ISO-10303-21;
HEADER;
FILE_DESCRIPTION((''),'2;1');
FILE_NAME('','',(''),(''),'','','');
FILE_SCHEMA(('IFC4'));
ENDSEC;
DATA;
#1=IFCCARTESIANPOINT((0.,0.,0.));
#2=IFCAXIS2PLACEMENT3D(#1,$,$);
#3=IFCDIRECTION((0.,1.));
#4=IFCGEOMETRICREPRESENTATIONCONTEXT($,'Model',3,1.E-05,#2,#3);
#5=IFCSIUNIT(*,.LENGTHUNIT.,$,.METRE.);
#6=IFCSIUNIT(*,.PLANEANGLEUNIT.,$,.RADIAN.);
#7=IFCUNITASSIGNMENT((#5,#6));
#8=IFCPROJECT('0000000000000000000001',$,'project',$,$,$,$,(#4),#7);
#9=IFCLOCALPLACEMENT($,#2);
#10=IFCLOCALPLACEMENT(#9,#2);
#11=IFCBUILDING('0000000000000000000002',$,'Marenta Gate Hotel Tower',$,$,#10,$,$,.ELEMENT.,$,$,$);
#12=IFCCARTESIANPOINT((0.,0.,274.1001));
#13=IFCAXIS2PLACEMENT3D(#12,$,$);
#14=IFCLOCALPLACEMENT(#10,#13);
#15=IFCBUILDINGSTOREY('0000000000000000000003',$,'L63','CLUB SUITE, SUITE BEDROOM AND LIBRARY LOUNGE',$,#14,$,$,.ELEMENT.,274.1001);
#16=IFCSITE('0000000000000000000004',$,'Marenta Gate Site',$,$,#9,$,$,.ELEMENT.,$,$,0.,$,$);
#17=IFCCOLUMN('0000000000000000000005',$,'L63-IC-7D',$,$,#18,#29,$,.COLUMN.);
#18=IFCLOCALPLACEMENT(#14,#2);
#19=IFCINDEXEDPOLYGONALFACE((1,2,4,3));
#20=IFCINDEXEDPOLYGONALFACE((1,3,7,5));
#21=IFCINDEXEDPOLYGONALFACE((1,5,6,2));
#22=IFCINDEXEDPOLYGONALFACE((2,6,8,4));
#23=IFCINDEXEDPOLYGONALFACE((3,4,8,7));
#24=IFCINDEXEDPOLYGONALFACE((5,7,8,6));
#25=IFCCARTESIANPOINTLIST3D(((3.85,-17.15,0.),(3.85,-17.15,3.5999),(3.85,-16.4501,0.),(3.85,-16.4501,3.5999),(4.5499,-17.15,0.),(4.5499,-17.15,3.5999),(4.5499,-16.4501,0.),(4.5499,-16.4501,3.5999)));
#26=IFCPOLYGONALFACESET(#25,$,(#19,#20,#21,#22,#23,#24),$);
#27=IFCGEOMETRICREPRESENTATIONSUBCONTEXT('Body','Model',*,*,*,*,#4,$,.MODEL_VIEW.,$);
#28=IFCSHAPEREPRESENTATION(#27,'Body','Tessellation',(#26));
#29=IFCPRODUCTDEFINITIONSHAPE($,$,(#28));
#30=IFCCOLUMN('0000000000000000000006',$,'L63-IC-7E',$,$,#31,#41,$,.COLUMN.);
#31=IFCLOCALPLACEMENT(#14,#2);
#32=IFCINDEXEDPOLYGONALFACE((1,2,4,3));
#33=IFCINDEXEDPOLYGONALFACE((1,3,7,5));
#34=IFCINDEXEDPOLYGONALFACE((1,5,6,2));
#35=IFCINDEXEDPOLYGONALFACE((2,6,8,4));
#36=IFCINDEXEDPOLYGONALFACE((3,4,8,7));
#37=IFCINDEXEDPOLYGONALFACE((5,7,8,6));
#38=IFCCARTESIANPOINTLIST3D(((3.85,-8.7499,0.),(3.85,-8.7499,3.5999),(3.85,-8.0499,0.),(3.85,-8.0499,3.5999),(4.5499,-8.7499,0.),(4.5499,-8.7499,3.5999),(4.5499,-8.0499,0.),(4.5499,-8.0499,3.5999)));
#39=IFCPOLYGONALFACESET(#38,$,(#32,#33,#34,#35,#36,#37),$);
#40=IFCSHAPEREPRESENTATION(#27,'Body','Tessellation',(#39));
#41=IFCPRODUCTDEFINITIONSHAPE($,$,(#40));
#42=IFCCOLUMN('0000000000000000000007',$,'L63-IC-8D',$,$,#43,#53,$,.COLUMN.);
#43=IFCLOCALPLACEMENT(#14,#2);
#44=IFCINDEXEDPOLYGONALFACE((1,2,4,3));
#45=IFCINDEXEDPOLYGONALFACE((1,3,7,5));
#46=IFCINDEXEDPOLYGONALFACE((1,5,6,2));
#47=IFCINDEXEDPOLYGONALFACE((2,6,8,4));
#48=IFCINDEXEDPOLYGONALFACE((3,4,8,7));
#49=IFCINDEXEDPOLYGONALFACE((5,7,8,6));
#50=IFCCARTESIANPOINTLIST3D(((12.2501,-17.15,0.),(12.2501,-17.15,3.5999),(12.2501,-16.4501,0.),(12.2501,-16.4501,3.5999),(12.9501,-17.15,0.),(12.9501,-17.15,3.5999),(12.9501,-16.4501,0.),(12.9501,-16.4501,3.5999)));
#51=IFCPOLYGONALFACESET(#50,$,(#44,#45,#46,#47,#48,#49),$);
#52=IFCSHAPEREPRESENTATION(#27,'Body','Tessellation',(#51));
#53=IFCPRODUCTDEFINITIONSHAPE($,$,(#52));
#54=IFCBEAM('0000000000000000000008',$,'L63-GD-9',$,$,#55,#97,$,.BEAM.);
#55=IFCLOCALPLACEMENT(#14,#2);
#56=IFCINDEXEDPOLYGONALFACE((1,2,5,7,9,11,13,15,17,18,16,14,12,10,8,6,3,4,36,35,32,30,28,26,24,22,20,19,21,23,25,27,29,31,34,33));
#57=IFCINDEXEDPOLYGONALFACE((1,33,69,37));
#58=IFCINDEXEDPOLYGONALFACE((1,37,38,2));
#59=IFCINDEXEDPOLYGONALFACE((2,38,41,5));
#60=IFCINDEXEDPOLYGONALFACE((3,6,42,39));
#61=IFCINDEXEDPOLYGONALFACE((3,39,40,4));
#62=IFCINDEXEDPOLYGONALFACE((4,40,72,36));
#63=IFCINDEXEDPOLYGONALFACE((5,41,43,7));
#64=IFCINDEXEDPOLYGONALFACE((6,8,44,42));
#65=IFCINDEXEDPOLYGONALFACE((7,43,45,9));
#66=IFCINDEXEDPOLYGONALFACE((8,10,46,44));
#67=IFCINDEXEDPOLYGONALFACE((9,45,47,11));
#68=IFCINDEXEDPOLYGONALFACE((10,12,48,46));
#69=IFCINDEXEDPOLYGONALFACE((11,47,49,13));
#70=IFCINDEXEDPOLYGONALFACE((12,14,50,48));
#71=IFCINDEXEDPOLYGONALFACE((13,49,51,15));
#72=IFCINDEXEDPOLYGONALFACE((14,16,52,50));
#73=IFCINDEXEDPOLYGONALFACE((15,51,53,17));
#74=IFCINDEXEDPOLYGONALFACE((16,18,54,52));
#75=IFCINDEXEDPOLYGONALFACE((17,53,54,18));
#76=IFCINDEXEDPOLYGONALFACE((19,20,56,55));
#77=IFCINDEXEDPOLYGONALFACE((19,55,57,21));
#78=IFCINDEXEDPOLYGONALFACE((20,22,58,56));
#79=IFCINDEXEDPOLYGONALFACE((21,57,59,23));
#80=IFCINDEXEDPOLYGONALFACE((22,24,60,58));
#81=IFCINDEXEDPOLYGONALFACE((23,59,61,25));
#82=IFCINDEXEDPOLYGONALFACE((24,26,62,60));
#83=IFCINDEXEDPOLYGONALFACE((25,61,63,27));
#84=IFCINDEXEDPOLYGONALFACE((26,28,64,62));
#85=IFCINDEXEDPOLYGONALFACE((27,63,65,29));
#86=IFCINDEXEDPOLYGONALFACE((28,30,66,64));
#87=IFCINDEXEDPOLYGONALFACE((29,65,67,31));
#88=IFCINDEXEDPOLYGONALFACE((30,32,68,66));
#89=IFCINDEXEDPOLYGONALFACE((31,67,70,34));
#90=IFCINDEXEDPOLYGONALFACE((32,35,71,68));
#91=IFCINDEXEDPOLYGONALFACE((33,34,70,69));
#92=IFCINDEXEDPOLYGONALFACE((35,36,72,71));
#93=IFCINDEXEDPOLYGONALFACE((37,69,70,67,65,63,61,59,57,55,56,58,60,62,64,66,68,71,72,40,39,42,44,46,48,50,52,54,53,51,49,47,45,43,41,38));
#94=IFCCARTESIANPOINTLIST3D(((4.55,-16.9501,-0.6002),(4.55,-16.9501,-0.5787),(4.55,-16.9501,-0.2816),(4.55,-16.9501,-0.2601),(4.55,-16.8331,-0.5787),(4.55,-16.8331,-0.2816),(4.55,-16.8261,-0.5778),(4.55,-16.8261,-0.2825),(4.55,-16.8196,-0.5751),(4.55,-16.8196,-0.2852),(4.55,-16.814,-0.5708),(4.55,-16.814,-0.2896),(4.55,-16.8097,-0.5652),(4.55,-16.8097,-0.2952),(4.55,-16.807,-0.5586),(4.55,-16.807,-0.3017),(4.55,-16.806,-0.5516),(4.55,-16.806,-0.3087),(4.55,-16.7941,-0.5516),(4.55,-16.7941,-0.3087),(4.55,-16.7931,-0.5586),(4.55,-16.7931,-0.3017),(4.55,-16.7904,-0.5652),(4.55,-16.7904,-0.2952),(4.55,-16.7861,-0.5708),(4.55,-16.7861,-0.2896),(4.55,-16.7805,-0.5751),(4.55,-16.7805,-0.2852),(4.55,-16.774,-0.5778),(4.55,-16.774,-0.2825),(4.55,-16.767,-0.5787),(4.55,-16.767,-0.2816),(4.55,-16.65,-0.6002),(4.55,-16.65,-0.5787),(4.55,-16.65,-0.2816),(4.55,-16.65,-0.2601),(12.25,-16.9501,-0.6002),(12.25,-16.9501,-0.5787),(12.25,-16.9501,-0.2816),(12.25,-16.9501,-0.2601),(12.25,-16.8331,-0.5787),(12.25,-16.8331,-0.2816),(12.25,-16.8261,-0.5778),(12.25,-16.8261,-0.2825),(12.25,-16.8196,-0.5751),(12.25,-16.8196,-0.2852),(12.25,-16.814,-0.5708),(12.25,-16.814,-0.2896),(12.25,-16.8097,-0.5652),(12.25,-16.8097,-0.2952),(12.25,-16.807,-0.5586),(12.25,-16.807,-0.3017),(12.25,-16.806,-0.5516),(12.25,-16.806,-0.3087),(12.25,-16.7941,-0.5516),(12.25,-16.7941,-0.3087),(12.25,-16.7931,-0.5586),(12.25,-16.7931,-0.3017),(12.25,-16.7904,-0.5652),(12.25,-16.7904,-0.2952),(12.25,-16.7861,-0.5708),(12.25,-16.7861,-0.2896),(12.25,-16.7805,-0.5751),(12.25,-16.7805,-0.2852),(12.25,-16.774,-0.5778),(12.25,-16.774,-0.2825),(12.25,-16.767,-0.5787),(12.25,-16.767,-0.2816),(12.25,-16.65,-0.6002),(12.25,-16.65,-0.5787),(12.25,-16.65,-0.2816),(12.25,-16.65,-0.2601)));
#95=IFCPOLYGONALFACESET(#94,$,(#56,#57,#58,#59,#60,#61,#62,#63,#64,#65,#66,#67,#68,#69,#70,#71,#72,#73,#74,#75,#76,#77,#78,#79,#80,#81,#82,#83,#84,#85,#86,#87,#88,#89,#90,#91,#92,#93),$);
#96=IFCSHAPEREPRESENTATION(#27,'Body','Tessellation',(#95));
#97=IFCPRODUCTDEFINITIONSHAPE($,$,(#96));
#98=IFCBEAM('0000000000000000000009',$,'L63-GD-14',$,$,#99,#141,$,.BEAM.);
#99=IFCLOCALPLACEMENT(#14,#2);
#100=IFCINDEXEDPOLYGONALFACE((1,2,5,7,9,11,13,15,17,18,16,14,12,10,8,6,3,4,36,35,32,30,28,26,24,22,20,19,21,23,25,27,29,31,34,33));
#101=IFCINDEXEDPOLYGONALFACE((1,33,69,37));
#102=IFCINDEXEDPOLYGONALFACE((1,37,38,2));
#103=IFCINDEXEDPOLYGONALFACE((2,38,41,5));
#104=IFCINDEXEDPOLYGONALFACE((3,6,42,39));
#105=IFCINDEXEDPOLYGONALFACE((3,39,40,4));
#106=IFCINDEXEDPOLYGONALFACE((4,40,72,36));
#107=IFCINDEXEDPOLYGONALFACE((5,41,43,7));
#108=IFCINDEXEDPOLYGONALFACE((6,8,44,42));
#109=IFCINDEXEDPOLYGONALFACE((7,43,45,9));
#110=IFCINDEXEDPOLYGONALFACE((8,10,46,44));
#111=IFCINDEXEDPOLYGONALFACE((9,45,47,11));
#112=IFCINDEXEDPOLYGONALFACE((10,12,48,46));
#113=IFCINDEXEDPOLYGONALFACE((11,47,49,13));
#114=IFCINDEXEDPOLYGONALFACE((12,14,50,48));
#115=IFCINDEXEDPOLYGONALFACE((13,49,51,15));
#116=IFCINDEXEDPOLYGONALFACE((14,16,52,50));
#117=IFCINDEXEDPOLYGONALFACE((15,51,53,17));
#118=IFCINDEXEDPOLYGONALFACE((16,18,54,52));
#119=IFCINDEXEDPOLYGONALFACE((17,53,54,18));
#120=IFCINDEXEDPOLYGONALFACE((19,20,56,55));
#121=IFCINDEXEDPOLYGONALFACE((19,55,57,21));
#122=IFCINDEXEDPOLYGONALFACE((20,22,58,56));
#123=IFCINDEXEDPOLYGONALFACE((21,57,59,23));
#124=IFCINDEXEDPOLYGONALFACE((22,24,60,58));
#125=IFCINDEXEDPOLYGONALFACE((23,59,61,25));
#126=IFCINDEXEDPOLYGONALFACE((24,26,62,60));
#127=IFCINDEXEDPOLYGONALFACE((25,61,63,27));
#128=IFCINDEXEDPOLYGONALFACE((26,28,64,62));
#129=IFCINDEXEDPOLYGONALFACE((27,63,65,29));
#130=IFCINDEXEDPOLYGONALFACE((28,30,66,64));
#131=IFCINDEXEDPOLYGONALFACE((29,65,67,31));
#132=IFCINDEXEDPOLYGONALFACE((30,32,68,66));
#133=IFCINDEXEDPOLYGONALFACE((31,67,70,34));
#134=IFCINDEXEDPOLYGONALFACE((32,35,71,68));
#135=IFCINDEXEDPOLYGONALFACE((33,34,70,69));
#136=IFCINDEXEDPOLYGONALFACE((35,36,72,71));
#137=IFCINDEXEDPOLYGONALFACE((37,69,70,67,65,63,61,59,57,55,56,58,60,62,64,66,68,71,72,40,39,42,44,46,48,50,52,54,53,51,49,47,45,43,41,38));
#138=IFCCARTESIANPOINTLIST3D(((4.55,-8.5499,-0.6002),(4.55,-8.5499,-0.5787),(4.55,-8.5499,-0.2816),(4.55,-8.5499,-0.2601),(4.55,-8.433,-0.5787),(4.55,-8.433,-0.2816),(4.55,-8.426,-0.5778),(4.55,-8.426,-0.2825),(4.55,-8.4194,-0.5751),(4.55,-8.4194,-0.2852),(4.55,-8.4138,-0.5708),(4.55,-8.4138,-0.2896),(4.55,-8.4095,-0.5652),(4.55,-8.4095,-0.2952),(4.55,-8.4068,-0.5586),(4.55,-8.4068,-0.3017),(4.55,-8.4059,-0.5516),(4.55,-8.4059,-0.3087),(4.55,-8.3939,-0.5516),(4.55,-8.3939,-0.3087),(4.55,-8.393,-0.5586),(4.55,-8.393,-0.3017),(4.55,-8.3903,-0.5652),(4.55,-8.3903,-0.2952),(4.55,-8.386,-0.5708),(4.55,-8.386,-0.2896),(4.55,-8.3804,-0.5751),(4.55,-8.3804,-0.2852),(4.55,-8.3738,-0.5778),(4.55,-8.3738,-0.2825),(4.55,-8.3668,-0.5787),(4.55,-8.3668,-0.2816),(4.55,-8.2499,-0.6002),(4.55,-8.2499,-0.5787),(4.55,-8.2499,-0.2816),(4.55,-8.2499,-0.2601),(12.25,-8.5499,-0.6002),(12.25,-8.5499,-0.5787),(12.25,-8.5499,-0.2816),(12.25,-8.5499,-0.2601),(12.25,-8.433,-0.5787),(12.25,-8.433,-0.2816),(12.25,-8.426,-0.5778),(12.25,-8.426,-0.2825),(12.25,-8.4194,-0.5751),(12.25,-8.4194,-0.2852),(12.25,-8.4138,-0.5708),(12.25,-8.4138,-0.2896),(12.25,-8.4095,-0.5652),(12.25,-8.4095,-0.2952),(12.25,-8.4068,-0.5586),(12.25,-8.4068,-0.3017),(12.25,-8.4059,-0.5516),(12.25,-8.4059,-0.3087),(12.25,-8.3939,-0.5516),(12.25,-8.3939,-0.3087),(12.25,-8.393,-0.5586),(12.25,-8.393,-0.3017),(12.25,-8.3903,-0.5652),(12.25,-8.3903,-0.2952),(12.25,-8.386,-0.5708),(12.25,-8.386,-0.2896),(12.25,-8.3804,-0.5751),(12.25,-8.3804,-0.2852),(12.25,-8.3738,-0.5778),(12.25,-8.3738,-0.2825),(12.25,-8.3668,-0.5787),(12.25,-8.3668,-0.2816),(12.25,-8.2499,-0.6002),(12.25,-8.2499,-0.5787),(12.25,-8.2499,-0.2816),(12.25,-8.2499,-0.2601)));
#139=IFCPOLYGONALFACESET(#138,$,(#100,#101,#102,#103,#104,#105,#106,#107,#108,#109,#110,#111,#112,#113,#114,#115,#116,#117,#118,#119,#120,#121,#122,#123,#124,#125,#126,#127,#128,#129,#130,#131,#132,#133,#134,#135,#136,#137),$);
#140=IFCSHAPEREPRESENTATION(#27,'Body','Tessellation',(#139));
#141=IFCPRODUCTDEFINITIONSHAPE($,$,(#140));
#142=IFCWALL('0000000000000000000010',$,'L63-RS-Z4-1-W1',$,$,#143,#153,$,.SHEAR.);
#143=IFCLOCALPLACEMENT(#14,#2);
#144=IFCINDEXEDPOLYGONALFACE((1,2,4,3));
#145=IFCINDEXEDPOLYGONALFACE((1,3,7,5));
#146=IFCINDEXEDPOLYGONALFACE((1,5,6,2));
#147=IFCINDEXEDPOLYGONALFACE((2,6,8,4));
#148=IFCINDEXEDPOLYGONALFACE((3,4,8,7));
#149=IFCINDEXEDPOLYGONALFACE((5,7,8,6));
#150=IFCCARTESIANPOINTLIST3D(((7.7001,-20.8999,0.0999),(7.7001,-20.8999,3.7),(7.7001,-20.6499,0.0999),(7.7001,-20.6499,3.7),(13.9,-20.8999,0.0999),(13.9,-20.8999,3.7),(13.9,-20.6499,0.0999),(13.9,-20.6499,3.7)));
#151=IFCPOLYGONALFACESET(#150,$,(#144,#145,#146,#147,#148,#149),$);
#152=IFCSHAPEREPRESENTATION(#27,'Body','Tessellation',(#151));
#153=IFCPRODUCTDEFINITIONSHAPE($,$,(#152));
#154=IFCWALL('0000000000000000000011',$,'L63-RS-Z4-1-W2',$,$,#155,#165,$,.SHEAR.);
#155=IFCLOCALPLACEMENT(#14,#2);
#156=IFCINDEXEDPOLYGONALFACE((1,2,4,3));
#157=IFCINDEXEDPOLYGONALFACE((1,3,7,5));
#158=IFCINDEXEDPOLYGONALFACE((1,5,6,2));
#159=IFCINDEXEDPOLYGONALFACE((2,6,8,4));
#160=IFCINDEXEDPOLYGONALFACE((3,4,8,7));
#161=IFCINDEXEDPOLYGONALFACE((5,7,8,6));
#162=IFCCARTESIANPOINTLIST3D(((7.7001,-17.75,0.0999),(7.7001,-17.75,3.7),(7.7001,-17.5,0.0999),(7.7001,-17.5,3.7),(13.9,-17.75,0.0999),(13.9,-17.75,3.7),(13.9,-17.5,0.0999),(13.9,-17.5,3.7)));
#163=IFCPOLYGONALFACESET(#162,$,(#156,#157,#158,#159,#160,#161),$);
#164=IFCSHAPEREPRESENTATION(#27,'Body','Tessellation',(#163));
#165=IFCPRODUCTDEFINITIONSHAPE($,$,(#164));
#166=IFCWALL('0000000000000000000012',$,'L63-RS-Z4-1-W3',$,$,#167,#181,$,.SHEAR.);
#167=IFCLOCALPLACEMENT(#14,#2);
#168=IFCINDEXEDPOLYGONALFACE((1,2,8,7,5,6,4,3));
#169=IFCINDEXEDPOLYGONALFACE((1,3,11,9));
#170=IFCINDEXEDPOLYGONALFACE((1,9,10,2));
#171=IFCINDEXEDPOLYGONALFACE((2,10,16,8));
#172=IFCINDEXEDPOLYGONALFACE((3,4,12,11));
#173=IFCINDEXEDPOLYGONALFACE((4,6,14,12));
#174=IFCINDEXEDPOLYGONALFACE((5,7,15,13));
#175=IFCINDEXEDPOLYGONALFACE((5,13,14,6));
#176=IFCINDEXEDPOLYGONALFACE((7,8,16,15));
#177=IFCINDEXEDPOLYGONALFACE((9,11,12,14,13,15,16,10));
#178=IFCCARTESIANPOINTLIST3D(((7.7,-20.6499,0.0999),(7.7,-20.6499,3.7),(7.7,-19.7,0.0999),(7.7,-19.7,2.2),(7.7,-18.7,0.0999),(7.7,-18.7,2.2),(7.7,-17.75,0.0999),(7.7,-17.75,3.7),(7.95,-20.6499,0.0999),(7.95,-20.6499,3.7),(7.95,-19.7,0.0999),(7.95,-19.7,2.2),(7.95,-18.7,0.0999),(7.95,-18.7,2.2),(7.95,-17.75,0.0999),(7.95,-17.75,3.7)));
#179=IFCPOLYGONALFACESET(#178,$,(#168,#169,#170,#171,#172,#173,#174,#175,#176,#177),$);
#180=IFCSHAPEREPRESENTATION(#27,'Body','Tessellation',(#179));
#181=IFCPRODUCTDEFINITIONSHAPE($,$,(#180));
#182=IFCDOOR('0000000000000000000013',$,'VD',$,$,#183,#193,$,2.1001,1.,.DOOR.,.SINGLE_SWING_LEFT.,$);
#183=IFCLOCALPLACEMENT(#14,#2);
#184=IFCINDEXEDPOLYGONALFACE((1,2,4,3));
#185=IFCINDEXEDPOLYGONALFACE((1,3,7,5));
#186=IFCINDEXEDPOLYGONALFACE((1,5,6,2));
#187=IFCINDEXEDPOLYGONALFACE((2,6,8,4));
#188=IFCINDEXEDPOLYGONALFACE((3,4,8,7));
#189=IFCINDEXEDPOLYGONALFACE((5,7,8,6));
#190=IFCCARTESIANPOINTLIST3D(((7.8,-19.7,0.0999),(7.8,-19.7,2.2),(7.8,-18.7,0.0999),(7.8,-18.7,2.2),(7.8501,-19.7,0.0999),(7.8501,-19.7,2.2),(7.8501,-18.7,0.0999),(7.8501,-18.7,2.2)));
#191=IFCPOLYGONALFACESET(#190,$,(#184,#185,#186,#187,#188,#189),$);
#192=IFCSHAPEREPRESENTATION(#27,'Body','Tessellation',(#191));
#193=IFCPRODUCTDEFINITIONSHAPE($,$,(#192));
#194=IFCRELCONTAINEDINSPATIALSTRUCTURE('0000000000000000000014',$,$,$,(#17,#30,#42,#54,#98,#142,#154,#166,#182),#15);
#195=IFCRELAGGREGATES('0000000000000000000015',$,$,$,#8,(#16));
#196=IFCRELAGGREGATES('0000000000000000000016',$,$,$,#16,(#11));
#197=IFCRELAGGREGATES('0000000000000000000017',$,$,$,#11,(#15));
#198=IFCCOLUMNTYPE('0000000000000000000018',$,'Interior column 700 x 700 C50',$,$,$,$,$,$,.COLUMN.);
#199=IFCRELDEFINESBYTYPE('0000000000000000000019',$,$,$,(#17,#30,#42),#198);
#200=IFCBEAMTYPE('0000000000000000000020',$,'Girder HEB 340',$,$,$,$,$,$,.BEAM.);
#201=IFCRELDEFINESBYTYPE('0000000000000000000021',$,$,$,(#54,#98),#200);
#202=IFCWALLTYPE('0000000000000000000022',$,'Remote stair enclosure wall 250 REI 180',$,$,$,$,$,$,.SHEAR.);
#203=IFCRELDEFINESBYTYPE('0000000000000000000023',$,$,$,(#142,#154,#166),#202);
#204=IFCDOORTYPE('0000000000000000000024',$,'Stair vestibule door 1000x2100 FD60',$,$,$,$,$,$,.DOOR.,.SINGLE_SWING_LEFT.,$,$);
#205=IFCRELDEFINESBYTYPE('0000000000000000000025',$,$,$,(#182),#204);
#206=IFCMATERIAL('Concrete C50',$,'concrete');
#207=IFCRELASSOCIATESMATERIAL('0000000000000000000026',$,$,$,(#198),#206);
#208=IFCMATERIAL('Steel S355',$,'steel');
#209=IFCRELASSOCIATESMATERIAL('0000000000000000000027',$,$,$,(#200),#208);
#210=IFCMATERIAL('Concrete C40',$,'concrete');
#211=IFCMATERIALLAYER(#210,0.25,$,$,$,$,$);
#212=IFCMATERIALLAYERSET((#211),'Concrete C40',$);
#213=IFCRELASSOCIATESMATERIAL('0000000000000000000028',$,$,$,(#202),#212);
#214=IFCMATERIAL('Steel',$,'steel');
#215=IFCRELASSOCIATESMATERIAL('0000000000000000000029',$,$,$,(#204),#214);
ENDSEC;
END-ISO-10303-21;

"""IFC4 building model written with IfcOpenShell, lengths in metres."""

from ifc_helpers import new_model, si_unit, direction, frame, frame_2d, origin, origin_2d, place, context, subcontext, project, spatial, rectangle, i_section, extrude, material, layer, layer_set, material_profile, profile_set, type_object, element, fill, save


model = new_model("IFC4")

# Units and contexts
model_context = context("Model", 3, precision=1e-05, world=origin(), true_north=direction((0.0, 1.0)))
body_context = subcontext(model_context, "Body", "Model", "MODEL_VIEW")
ifc_project = project(units=[si_unit("LENGTHUNIT", "METRE"), si_unit("PLANEANGLEUNIT", "RADIAN")], contexts=[model_context])

# Site, building, storey
site_placement = place(None, origin())
site = spatial("IfcSite", under=ifc_project, at=site_placement, Name="Marenta Gate Site", CompositionType="ELEMENT", RefElevation=0.0)
building_placement = place(site_placement, origin())
building = spatial("IfcBuilding", under=site, at=building_placement, Name="Marenta Gate Hotel Tower", CompositionType="ELEMENT")
storey_placement = place(building_placement, frame((0.0, 0.0, 274.1001)))
storey = spatial("IfcBuildingStorey", under=building, at=storey_placement, Name="L63", Description="CLUB SUITE, SUITE BEDROOM AND LIBRARY LOUNGE", CompositionType="ELEMENT", Elevation=274.1001)

# Columns
ifc_material_1 = material(Name="Concrete C50", Category="concrete")
ifc_material_profile_1 = material_profile(ifc_material_1, rectangle(XDim=0.7, YDim=0.7, at=origin_2d()), Name="700 x 700")
ifc_profile_set_1 = profile_set([ifc_material_profile_1], Name="Concrete C50")
column_type = type_object("IfcColumnType", Name="Interior column 700 x 700 C50", PredefinedType="COLUMN", material=ifc_profile_set_1)
for number, where, z_axis, x_axis, name in (
    (1, (4.2, -16.8, 0.0), (0.0, 0.0, 1.0), (1.0, 0.0, 0.0), "L63-IC-7D"),
    (2, (4.2, -8.3999, 0.0), (0.0, 0.0, 1.0), (1.0, 0.0, 0.0), "L63-IC-7E"),
    (3, (12.6001, -16.8, 0.0), (0.0, 0.0, 1.0), (1.0, 0.0, 0.0), "L63-IC-8D"),
):
    element("IfcColumn", number, at=place(storey_placement, frame(where, z_axis=z_axis, x_axis=x_axis)), inside=storey, type_object=column_type, Name=name, PredefinedType="COLUMN", context=body_context, shape_type="SweptSolid", body=[
        extrude(rectangle(XDim=0.7, YDim=0.7, at=origin_2d()), origin(), (0.0, 0.0, 1.0), 3.5999),
    ])

# Beams
ifc_material_2 = material(Name="Steel S355", Category="steel")
ifc_material_profile_2 = material_profile(ifc_material_2, i_section(OverallWidth=0.3, OverallDepth=0.3401, WebThickness=0.012, FlangeThickness=0.0215, FilletRadius=0.0271, at=origin_2d()), Name="HEB 340")
ifc_profile_set_2 = profile_set([ifc_material_profile_2], Name="Steel S355")
beam_type = type_object("IfcBeamType", Name="Girder HEB 340", PredefinedType="BEAM", material=ifc_profile_set_2)
for number, where, z_axis, x_axis, name in (
    (4, (4.55, -16.8, -0.4302), (1.0, 0.0, 0.0), (0.0, 1.0, 0.0), "L63-GD-9"),
    (5, (4.55, -8.3999, -0.4302), (1.0, 0.0, 0.0), (0.0, 1.0, 0.0), "L63-GD-14"),
):
    element("IfcBeam", number, at=place(storey_placement, frame(where, z_axis=z_axis, x_axis=x_axis)), inside=storey, type_object=beam_type, Name=name, PredefinedType="BEAM", context=body_context, shape_type="SweptSolid", body=[
        extrude(i_section(OverallWidth=0.3, OverallDepth=0.3401, WebThickness=0.012, FlangeThickness=0.0215, FilletRadius=0.0271, at=origin_2d()), origin(), (0.0, 0.0, 1.0), 7.7),
    ])

# Walls
ifc_material_3 = material(Name="Concrete C40", Category="concrete")
ifc_layer_1 = layer(ifc_material_3, 0.25)
ifc_layer_set_1 = layer_set([ifc_layer_1], Name="Concrete C40")
wall_type_1 = type_object("IfcWallType", Name="Remote stair enclosure wall 250 REI 180", PredefinedType="SHEAR", material=ifc_layer_set_1)
for number, where, z_axis, x_axis, name in (
    (6, (7.7, -20.7749, 0.0999), (0.0, 0.0, 1.0), (1.0, 0.0, 0.0), "L63-RS-Z4-1-W1"),
    (7, (7.7, -17.625, 0.0999), (0.0, 0.0, 1.0), (1.0, 0.0, 0.0), "L63-RS-Z4-1-W2"),
):
    element("IfcWall", number, at=place(storey_placement, frame(where, z_axis=z_axis, x_axis=x_axis)), inside=storey, type_object=wall_type_1, Name=name, PredefinedType="SHEAR", context=body_context, shape_type="SweptSolid", body=[
        extrude(rectangle(XDim=6.2, YDim=0.25, at=frame_2d((3.1001, 0.0))), origin(), (0.0, 0.0, 1.0), 3.6001),
    ])

# Wall, opening, door
wall_1_placement = place(storey_placement, frame((7.825, -20.6499, 0.0999), z_axis=(0.0, 0.0, 1.0), x_axis=(0.0, 1.0, 0.0)))
wall_1 = element("IfcWall", 8, at=wall_1_placement, inside=storey, type_object=wall_type_1, Name="L63-RS-Z4-1-W3", PredefinedType="SHEAR", context=body_context, shape_type="SweptSolid", body=[
    extrude(rectangle(XDim=2.8999, YDim=0.25, at=frame_2d((1.45, 0.0))), origin(), (0.0, 0.0, 1.0), 3.6001),
])
opening_1_placement = place(wall_1_placement, frame((0.95, 0.0, 0.0)))
opening_1 = element("IfcOpeningElement", 9, at=opening_1_placement, cuts=wall_1, PredefinedType="OPENING", context=body_context, shape_type="SweptSolid", body=[
    extrude(rectangle(XDim=1.0, YDim=2.1001, at=frame_2d((0.5, 1.05))), frame((0.0, 0.125, 0.0), z_axis=(0.0, -1.0, 0.0), x_axis=(1.0, 0.0, 0.0)), (0.0, 0.0, 1.0), 0.25),
])
ifc_material_4 = material(Name="Steel", Category="steel")
door_type_1 = type_object("IfcDoorType", Name="Stair vestibule door 1000x2100 FD60", OperationType="SINGLE_SWING_LEFT", PredefinedType="DOOR", material=ifc_material_4)
door_1_placement = place(opening_1_placement, origin())
door_1 = element("IfcDoor", 10, at=door_1_placement, inside=storey, type_object=door_type_1, Name="VD", OperationType="SINGLE_SWING_LEFT", OverallHeight=2.1001, OverallWidth=1.0, PredefinedType="DOOR", context=body_context, shape_type="SweptSolid", body=[
    extrude(rectangle(XDim=1.0, YDim=2.1001, at=frame_2d((0.5, 1.05))), frame((0.0, 0.0249, 0.0), z_axis=(0.0, -1.0, 0.0), x_axis=(1.0, 0.0, 0.0)), (0.0, 0.0, 1.0), 0.05),
])
fill(opening_1, door_1)

save(model, "model.ifc")
